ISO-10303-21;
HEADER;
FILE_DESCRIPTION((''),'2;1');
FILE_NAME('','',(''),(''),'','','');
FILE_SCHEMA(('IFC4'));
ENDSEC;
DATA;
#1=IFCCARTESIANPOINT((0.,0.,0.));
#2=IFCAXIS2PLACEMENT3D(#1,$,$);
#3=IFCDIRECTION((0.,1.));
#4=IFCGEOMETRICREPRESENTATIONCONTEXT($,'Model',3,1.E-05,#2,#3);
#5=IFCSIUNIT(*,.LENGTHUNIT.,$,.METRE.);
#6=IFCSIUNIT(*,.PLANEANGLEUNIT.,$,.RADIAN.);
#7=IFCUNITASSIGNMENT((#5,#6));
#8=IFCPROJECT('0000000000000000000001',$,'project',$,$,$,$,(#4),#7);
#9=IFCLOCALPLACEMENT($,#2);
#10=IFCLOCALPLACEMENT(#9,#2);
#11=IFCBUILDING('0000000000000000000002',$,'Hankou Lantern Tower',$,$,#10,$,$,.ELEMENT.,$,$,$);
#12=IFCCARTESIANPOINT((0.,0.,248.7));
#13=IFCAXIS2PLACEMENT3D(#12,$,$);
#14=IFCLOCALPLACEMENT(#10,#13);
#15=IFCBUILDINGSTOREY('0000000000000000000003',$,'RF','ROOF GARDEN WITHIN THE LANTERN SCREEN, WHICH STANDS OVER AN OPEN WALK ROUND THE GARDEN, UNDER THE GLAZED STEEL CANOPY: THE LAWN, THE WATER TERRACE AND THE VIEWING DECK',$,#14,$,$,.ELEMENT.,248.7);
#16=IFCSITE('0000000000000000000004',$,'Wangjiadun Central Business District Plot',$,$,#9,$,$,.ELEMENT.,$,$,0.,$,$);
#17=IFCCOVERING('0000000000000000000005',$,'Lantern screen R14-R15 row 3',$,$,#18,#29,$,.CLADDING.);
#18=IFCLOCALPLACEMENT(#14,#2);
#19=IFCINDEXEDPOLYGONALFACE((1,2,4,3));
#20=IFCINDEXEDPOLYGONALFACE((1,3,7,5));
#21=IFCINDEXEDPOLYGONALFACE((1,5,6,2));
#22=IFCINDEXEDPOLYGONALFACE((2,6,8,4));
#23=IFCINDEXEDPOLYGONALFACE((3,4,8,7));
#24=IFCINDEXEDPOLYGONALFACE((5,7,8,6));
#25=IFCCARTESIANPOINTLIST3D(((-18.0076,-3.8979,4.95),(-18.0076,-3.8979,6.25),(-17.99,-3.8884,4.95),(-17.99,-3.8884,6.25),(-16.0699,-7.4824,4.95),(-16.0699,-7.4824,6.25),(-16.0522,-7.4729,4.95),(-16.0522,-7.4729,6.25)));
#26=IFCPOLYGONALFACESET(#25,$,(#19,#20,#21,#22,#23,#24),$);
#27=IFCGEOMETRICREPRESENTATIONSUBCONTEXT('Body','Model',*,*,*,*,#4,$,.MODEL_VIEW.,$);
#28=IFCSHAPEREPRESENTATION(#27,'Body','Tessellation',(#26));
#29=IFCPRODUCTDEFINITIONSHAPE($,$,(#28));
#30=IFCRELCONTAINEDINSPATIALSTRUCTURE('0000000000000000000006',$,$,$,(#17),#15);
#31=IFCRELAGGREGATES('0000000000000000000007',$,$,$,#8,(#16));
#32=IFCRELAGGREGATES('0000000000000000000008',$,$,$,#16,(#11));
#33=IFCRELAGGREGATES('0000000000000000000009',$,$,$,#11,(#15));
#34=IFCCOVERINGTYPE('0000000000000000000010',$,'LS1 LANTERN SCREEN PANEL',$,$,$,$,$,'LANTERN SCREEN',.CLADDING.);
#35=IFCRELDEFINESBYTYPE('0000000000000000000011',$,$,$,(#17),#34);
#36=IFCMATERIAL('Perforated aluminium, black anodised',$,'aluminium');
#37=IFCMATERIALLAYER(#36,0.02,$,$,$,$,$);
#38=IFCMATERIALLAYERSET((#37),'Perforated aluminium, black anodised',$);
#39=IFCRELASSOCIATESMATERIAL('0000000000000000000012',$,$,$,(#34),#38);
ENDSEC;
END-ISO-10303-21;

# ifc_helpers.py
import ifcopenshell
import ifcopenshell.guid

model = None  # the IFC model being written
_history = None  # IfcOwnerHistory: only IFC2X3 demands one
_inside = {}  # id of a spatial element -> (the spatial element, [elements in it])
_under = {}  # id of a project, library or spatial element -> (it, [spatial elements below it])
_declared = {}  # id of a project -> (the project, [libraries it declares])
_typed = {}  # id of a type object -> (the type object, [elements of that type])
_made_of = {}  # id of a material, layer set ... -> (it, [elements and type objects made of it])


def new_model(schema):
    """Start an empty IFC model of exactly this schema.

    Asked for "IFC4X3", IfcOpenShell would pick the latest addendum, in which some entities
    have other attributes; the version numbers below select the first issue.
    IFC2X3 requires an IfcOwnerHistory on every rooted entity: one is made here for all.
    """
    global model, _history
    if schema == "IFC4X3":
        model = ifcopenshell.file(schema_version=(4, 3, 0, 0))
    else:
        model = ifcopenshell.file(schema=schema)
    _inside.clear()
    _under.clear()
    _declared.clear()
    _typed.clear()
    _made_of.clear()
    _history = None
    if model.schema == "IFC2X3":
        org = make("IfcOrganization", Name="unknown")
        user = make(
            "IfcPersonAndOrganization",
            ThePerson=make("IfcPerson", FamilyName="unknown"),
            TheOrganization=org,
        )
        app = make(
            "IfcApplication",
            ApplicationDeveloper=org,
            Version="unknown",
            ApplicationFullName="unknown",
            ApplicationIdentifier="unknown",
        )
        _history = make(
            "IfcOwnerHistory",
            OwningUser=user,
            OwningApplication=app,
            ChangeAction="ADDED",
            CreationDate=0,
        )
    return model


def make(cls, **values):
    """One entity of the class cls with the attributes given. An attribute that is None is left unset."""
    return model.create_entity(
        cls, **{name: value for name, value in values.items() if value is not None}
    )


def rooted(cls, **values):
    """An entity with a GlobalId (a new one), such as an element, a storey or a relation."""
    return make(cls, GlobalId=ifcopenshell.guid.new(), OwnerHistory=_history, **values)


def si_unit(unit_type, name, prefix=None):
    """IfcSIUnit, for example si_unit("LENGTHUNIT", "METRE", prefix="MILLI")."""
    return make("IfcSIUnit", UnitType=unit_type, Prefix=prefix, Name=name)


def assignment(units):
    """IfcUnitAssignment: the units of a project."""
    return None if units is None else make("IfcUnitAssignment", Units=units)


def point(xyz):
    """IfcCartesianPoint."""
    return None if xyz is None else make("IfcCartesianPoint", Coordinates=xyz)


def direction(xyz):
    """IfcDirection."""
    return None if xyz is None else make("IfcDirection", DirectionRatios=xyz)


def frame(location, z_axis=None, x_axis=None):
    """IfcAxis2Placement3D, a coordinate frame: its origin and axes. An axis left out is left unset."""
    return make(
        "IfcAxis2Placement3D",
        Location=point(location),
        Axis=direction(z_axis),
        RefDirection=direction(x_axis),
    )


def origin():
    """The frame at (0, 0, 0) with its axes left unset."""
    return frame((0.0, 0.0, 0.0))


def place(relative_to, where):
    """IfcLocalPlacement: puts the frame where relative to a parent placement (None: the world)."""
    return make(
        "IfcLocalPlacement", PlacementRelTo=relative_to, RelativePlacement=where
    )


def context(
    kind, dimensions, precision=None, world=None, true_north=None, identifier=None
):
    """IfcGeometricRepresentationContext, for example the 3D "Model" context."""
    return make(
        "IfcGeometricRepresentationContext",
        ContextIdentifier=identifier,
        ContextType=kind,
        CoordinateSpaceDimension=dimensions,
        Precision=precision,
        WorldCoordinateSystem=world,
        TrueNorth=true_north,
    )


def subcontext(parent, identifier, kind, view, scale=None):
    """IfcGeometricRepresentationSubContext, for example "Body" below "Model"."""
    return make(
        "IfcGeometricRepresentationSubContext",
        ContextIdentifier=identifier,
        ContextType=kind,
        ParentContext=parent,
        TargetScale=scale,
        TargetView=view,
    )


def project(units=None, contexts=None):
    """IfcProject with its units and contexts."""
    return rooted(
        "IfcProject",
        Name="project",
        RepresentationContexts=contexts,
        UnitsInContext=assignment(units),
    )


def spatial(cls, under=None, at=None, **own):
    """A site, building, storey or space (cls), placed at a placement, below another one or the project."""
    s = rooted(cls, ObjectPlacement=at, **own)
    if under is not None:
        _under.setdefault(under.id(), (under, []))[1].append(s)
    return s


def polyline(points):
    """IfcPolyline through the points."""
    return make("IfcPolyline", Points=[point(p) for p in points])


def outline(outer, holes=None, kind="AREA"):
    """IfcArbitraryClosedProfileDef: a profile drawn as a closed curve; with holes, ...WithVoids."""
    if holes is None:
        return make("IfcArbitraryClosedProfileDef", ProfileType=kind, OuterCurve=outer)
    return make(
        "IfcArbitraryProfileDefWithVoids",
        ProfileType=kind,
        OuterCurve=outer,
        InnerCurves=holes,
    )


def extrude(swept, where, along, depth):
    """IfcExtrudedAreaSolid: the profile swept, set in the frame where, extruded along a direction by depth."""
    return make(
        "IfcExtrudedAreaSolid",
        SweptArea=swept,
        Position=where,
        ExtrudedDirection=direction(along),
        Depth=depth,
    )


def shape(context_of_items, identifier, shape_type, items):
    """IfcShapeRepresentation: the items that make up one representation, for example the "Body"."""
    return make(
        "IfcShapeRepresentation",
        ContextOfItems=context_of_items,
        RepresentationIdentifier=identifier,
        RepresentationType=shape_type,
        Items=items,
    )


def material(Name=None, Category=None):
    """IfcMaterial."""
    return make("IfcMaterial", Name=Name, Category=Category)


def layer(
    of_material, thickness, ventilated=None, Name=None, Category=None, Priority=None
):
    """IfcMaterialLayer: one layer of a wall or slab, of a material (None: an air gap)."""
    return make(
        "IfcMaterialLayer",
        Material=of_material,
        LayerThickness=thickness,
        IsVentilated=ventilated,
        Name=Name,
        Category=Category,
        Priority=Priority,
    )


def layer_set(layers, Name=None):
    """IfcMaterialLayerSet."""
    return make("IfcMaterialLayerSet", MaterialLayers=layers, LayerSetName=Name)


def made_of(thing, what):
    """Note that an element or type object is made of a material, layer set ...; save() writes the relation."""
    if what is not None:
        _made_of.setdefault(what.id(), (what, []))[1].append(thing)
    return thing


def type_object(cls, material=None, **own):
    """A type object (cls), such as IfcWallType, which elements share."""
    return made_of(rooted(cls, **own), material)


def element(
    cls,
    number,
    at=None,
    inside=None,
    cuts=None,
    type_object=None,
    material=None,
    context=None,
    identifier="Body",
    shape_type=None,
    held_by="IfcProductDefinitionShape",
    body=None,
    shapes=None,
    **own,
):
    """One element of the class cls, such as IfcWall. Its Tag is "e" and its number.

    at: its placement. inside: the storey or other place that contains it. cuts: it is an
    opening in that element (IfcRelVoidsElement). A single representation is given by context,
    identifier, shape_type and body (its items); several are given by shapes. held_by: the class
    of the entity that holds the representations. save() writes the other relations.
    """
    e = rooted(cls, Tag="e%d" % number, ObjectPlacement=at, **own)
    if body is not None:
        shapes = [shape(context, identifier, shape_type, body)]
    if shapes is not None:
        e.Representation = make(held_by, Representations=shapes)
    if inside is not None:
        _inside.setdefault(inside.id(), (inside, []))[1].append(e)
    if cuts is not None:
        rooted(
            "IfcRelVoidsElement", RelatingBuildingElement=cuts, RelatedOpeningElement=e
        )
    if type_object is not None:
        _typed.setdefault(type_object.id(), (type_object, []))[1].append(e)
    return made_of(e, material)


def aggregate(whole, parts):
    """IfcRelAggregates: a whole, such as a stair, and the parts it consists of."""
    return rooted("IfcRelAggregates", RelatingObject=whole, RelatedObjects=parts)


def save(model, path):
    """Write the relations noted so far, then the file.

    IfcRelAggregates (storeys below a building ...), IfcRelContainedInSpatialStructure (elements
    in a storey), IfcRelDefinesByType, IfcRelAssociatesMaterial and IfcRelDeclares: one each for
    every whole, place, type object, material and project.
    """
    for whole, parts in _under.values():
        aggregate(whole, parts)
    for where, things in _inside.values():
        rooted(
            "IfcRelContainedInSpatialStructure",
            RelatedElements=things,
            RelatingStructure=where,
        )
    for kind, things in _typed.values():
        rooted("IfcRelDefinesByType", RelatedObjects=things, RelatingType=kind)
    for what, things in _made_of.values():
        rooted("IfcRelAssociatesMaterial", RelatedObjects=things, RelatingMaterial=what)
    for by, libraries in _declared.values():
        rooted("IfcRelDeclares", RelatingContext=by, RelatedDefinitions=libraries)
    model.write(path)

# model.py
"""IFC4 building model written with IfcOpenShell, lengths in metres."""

from ifc_helpers import new_model, si_unit, direction, frame, origin, place, context, subcontext, project, spatial, polyline, outline, extrude, material, layer, layer_set, type_object, element, save


model = new_model("IFC4")

# Units and contexts
model_context = context("Model", 3, precision=1e-05, world=origin(), true_north=direction((0.0, 1.0)))
body_context = subcontext(model_context, "Body", "Model", "MODEL_VIEW")
ifc_project = project(units=[si_unit("LENGTHUNIT", "METRE"), si_unit("PLANEANGLEUNIT", "RADIAN")], contexts=[model_context])

# Site, building, storey
site_placement = place(None, origin())
site = spatial("IfcSite", under=ifc_project, at=site_placement, Name="Wangjiadun Central Business District Plot", CompositionType="ELEMENT", RefElevation=0.0)
building_placement = place(site_placement, origin())
building = spatial("IfcBuilding", under=site, at=building_placement, Name="Hankou Lantern Tower", CompositionType="ELEMENT")
storey_placement = place(building_placement, frame((0.0, 0.0, 248.7)))
storey = spatial("IfcBuildingStorey", under=building, at=storey_placement, Name="RF", Description="ROOF GARDEN WITHIN THE LANTERN SCREEN, WHICH STANDS OVER AN OPEN WALK ROUND THE GARDEN, UNDER THE GLAZED STEEL CANOPY: THE LAWN, THE WATER TERRACE AND THE VIEWING DECK", CompositionType="ELEMENT", Elevation=248.7)

# Covering
ifc_material_1 = material(Name="Perforated aluminium, black anodised", Category="aluminium")
ifc_layer_1 = layer(ifc_material_1, 0.02)
ifc_layer_set_1 = layer_set([ifc_layer_1], Name="Perforated aluminium, black anodised")
covering_type = type_object("IfcCoveringType", Name="LS1 LANTERN SCREEN PANEL", ElementType="LANTERN SCREEN", PredefinedType="CLADDING", material=ifc_layer_set_1)
covering_1_placement = place(storey_placement, frame((-17.99, -3.8884, 4.95), z_axis=(0.879687, 0.475553, 0.0), x_axis=(0.475553, -0.879687, 0.0)))
element("IfcCovering", 1, at=covering_1_placement, inside=storey, type_object=covering_type, Name="Lantern screen R14-R15 row 3", PredefinedType="CLADDING", context=body_context, shape_type="SweptSolid", body=[
    extrude(outline(polyline([(0.0, 0.0), (4.0747, 0.0), (4.0747, -1.3), (0.0, -1.3), (0.0, 0.0)])), origin(), (0.0, 0.0, -1.0), 0.02),
])

save(model, "model.ifc")
